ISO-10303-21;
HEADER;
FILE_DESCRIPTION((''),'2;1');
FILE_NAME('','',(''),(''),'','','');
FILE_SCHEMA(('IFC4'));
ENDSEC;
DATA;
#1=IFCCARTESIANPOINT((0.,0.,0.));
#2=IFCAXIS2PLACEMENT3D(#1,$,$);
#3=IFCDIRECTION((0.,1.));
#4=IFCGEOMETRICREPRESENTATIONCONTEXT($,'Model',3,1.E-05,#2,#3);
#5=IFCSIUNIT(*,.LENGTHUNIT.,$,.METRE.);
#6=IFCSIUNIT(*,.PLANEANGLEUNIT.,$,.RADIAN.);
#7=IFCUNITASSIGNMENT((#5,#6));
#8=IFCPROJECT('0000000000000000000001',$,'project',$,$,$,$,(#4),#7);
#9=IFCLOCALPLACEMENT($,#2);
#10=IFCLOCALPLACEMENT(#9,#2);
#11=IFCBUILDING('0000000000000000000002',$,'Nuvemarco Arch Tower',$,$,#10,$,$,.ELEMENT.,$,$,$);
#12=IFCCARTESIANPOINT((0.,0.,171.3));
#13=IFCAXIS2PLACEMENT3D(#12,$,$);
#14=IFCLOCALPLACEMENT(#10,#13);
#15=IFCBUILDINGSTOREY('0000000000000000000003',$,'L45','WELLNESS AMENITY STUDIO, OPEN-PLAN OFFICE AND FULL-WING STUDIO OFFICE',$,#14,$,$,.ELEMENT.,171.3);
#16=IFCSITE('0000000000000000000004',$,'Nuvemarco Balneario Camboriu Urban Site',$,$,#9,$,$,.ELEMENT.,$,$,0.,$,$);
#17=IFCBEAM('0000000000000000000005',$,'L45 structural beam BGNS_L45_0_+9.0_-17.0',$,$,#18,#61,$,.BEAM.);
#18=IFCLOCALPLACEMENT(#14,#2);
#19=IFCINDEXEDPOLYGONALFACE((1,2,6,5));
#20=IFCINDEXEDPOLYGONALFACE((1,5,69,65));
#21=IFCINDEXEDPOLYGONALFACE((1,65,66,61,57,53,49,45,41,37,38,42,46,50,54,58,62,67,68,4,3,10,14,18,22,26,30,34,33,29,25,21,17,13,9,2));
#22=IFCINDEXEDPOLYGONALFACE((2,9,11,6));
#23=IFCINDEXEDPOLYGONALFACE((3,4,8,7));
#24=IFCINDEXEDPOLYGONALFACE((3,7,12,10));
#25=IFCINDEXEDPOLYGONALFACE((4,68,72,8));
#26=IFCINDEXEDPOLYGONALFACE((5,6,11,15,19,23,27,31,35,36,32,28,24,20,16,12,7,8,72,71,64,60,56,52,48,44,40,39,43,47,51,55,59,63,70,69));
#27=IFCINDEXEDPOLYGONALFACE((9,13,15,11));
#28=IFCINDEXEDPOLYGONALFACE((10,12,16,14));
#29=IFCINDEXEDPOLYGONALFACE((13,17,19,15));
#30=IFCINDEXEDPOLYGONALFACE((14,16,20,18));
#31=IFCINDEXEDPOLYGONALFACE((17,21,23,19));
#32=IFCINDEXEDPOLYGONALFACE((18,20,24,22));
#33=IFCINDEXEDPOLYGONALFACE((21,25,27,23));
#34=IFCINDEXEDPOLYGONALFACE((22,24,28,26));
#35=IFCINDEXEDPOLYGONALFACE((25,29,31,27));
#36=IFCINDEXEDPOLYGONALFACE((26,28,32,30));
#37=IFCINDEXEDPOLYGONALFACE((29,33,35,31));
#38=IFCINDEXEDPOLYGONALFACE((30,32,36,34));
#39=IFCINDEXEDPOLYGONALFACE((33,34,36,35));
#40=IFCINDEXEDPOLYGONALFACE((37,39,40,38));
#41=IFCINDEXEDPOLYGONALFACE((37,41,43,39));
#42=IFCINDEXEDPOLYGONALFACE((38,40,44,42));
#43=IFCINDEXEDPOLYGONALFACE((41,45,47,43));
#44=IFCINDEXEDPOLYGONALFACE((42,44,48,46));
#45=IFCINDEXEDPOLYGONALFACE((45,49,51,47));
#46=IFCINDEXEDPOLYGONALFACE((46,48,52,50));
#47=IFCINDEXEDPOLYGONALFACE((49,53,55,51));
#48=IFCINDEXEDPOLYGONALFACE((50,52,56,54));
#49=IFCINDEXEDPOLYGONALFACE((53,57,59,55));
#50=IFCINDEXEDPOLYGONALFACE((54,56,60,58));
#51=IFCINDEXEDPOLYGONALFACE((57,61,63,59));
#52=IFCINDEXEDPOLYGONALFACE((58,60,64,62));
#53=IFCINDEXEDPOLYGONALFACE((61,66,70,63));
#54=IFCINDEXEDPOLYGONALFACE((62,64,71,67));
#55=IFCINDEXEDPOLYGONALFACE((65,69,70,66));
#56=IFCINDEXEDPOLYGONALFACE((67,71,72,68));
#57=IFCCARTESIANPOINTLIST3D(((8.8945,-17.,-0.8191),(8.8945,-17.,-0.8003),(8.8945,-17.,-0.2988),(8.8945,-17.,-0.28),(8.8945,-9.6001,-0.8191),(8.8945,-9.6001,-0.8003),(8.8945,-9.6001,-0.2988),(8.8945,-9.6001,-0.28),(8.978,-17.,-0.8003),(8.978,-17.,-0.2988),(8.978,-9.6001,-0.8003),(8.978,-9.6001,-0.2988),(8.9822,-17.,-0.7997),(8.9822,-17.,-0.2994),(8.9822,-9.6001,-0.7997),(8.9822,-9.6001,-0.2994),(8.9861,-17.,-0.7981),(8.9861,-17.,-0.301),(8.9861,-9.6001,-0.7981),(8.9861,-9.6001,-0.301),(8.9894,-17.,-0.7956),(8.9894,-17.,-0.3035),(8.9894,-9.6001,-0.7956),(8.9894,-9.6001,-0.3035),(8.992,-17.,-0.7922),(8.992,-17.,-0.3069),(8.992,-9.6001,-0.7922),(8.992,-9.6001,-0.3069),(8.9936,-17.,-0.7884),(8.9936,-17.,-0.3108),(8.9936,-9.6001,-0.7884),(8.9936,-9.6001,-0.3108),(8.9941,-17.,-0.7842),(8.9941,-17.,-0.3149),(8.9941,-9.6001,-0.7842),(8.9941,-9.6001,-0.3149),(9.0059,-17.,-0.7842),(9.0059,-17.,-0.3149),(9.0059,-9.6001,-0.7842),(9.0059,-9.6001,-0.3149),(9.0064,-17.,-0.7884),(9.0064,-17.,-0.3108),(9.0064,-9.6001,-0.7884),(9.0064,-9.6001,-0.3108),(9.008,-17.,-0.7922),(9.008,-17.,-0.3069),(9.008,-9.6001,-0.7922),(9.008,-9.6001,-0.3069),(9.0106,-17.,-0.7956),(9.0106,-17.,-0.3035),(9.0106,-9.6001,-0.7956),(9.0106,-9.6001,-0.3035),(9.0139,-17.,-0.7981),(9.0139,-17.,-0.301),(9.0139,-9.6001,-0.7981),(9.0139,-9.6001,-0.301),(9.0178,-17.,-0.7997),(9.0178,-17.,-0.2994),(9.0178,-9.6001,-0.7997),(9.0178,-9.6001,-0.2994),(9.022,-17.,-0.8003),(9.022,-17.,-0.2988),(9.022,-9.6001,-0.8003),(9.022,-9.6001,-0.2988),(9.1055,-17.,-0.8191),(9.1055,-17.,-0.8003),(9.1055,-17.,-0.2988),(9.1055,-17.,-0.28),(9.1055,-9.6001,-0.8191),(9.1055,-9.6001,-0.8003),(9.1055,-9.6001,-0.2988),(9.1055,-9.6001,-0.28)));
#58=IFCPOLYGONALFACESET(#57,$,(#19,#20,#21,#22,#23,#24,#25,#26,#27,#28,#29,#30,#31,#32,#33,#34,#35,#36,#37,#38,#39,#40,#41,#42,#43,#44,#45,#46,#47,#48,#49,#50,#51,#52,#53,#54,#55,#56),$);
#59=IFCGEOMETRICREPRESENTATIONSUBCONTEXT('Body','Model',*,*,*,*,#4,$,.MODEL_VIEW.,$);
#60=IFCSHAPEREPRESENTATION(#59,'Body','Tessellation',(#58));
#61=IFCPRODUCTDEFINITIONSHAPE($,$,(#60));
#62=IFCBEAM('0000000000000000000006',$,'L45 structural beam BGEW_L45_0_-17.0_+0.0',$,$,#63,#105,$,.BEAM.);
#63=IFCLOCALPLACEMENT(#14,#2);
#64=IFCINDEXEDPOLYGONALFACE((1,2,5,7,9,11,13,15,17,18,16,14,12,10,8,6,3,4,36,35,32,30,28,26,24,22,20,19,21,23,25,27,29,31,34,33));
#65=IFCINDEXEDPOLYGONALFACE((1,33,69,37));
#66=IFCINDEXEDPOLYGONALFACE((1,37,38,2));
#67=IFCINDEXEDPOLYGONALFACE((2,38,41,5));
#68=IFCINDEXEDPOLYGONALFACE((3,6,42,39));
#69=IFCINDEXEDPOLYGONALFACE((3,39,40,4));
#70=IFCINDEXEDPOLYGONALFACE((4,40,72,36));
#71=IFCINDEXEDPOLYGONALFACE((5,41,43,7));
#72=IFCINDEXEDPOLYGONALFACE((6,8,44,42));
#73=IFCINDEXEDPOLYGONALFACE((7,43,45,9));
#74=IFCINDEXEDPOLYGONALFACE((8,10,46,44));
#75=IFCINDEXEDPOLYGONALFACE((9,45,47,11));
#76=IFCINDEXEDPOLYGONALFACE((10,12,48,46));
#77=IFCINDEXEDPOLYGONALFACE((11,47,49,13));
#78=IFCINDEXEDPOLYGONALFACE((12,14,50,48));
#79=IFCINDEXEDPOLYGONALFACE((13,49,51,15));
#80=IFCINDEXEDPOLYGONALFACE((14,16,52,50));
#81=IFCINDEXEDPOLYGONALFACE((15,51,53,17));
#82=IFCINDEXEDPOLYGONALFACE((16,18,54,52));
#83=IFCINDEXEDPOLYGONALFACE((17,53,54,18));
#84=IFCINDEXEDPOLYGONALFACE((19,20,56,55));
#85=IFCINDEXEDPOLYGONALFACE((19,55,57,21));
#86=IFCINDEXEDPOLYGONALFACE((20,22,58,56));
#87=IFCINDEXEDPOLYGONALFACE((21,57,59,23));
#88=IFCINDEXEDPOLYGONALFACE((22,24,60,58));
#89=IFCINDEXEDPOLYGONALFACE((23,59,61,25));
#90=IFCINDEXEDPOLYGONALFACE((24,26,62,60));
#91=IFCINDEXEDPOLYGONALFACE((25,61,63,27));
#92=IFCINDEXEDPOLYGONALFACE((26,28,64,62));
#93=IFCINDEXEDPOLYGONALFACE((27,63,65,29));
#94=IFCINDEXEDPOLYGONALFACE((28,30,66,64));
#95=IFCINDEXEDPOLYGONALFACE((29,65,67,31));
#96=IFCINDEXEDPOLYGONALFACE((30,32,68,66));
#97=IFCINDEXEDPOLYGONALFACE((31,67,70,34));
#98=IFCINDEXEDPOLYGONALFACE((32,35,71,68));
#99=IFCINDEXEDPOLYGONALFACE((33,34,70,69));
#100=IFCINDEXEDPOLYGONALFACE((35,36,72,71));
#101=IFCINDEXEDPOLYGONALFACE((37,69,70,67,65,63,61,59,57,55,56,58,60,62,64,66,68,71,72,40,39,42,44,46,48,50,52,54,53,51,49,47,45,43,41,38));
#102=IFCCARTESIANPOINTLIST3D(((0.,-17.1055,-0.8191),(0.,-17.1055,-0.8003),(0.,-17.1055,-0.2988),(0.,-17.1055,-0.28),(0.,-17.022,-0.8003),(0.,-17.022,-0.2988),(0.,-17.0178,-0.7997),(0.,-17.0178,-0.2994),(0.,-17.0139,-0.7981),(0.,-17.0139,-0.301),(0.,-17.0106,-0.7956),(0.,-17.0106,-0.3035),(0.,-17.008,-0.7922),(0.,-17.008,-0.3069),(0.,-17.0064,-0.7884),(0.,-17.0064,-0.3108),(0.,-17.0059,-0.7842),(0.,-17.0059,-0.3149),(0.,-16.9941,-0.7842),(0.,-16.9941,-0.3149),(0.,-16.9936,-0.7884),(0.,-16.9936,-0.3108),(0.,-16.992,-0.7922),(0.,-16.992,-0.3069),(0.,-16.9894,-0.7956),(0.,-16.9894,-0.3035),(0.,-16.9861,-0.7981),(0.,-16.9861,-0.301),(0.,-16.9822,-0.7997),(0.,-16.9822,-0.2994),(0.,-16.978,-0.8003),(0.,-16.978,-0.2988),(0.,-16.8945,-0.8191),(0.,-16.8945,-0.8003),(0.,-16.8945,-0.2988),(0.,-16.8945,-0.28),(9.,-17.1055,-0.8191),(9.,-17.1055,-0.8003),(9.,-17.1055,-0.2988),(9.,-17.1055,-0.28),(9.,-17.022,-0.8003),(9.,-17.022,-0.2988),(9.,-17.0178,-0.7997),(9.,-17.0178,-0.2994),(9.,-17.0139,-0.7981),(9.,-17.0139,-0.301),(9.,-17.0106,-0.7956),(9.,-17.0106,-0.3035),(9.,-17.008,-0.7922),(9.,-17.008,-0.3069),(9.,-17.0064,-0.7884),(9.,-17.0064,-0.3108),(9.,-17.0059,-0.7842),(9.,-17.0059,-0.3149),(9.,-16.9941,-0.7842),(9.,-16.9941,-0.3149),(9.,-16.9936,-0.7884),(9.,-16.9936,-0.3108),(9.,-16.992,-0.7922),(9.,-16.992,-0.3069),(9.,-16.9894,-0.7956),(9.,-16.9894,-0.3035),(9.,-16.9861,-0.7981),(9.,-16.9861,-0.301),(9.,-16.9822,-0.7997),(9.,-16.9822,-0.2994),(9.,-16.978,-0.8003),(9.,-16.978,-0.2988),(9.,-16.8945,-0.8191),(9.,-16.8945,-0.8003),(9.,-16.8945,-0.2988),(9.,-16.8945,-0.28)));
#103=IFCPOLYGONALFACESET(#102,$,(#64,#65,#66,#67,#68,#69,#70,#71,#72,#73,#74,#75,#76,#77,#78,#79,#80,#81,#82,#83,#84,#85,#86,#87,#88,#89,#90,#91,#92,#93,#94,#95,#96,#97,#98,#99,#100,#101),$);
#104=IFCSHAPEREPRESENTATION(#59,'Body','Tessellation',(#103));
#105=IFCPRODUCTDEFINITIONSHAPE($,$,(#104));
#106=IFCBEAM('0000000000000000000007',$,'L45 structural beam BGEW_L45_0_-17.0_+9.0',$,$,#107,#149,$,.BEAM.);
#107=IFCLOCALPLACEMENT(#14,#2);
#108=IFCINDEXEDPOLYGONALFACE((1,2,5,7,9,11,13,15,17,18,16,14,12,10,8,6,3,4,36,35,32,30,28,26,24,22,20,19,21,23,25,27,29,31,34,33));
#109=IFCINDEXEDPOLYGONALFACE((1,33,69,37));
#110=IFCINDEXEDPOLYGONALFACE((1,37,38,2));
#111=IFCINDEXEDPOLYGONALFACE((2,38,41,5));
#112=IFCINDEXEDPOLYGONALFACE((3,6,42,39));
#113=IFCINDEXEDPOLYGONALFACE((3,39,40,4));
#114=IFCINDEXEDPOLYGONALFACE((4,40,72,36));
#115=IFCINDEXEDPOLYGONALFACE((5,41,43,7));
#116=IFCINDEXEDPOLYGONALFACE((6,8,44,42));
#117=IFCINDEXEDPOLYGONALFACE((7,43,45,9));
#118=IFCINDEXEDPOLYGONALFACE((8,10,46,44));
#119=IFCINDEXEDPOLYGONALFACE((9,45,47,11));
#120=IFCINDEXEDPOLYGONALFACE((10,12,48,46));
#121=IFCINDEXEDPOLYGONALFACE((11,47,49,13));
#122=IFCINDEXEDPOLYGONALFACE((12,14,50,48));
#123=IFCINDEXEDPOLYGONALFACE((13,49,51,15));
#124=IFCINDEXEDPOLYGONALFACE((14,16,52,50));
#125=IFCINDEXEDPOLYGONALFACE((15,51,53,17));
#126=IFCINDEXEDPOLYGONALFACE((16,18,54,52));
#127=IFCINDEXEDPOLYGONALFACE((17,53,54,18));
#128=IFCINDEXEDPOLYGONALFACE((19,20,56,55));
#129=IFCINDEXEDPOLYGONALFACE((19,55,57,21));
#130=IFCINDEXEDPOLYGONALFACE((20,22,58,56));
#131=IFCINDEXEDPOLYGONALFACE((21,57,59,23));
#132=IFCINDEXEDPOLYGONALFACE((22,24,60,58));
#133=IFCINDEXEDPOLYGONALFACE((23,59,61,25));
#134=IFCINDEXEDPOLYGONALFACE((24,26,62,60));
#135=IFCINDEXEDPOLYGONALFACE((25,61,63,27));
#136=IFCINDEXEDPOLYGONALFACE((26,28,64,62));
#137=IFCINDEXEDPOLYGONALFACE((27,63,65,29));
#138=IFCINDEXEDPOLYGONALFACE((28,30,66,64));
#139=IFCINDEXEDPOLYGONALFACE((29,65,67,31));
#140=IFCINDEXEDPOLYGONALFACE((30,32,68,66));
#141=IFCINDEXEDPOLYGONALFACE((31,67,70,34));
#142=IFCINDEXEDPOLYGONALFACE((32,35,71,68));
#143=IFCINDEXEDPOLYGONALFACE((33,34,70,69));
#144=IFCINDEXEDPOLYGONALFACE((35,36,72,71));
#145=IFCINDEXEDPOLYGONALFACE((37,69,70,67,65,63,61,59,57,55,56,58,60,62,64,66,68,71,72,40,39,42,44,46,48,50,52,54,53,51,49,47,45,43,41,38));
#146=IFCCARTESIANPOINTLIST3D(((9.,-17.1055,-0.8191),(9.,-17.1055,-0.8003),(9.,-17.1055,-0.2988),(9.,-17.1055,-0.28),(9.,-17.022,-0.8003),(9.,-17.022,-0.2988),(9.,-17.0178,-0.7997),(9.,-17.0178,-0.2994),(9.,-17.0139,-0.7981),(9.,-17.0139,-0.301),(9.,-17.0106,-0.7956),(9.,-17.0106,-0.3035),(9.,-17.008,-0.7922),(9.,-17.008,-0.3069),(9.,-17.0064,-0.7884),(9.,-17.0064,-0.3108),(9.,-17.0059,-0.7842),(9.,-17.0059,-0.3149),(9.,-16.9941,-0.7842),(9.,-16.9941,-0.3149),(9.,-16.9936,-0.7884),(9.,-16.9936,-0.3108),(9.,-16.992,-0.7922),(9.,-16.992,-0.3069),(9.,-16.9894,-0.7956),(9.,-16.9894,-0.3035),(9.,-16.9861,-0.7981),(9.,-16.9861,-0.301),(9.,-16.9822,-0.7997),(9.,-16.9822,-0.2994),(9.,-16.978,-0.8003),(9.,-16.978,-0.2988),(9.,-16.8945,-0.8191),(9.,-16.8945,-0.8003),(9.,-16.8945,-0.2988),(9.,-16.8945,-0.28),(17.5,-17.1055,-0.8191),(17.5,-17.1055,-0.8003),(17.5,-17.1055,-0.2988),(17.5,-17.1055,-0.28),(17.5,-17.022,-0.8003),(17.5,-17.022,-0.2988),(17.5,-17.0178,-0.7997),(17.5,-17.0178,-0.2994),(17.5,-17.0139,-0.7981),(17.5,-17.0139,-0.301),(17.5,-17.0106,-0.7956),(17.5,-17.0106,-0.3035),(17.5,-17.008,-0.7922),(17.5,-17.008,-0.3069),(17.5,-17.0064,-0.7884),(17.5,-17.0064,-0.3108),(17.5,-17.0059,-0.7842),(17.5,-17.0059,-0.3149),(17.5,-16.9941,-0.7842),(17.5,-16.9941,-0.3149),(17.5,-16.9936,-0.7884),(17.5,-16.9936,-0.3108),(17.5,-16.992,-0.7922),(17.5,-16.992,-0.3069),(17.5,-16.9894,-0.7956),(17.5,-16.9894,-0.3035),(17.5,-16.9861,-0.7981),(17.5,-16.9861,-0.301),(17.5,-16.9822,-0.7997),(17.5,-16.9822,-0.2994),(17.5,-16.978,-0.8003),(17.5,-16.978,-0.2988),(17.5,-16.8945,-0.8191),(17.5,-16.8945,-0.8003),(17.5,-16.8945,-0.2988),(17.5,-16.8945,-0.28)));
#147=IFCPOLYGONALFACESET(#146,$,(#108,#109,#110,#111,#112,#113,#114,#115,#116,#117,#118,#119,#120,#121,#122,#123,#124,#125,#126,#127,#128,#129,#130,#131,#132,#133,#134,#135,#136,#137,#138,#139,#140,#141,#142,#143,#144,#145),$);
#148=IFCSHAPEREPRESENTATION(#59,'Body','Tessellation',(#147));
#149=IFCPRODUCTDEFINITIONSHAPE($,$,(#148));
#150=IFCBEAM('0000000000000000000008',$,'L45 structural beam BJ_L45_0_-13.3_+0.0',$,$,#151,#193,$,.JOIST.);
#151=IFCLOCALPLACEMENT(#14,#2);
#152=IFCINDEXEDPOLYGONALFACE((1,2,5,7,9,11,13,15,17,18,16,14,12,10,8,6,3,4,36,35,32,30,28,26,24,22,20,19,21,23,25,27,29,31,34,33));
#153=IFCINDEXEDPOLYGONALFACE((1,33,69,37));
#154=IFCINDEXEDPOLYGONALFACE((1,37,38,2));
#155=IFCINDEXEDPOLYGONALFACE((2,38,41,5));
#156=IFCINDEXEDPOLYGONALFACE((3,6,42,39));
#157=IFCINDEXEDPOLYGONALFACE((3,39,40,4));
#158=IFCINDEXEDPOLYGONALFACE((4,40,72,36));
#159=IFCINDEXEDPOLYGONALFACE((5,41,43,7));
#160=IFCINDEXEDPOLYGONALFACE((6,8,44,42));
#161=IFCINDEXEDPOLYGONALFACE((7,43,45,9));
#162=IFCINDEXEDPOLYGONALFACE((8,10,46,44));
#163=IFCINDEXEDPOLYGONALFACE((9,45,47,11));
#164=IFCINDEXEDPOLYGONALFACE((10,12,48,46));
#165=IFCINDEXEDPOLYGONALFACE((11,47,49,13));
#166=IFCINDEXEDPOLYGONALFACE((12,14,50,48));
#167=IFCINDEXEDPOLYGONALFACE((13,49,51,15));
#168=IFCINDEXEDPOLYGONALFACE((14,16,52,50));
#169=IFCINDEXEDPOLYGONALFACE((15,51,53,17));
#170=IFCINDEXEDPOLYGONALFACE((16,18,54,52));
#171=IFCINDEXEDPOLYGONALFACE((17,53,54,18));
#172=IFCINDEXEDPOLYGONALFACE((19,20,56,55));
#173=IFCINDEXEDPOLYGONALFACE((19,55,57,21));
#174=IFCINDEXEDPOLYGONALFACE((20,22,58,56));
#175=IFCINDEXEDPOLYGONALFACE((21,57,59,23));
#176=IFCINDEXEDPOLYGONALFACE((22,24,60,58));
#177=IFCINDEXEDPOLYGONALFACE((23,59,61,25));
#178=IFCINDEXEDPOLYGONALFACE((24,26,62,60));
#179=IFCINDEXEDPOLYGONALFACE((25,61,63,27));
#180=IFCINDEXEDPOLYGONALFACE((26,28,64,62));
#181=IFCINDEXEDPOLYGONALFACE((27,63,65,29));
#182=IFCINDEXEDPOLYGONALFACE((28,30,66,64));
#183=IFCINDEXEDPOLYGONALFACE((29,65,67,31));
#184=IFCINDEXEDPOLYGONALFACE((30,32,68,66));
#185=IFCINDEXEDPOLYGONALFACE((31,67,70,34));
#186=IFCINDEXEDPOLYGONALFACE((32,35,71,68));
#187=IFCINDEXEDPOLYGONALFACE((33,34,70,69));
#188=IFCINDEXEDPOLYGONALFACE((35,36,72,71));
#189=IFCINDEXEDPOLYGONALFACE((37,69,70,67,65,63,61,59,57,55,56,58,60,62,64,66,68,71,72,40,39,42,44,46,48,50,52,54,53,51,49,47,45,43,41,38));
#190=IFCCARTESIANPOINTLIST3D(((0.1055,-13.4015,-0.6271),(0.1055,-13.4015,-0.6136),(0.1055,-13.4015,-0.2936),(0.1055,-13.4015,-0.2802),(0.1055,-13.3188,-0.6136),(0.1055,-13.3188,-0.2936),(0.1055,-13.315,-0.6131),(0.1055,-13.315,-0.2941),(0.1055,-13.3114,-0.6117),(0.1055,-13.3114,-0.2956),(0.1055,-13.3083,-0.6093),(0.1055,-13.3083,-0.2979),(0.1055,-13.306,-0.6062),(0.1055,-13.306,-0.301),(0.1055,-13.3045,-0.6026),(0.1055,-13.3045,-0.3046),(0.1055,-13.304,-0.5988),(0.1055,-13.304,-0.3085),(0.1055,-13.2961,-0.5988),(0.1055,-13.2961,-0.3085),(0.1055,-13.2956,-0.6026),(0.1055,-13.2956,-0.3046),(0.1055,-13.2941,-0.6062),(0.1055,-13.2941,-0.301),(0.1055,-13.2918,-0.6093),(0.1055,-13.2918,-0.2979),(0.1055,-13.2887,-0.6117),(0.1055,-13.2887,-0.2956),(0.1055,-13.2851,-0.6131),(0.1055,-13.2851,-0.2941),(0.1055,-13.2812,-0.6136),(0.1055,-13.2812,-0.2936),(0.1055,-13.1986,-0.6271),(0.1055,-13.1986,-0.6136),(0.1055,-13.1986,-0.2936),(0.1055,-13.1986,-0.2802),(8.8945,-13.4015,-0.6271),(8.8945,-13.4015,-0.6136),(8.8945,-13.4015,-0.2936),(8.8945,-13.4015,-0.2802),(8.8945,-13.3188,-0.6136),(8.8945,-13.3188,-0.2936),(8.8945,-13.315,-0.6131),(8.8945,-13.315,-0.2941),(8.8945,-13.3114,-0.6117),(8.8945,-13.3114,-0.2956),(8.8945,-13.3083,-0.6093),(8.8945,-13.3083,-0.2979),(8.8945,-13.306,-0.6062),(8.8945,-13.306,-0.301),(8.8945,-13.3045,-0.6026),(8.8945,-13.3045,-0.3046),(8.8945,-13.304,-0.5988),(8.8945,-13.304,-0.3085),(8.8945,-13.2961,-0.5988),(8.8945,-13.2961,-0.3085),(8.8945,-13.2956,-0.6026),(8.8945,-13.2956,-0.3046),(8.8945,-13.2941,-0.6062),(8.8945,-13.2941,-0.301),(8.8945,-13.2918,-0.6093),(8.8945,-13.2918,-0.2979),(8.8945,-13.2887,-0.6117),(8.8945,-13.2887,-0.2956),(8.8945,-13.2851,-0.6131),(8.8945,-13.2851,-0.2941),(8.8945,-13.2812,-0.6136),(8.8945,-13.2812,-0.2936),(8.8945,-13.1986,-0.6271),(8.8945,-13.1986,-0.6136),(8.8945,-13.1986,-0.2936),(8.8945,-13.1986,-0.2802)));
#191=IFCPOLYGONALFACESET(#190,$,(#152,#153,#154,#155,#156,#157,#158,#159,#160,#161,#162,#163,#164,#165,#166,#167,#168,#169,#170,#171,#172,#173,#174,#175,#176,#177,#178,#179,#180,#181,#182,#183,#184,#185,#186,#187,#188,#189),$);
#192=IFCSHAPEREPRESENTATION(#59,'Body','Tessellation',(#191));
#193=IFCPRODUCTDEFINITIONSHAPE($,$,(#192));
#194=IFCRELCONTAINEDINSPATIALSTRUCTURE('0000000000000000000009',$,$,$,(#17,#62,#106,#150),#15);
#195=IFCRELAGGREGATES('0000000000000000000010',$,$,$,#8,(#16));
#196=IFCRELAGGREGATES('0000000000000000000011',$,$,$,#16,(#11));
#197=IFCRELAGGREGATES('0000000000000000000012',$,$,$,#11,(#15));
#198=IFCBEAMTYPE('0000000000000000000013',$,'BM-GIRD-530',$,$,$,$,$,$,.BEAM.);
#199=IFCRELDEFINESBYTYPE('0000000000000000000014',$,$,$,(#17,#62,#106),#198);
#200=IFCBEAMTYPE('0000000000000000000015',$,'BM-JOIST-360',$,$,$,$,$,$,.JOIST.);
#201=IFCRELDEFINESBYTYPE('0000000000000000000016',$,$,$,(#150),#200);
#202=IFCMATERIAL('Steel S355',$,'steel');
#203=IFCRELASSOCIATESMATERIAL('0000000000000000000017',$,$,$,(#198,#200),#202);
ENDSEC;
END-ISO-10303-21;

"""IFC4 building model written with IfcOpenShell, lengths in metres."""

from ifc_helpers import new_model, si_unit, direction, frame, origin, origin_2d, place, context, subcontext, project, spatial, i_section, extrude, material, material_profile, profile_set, type_object, element, save


model = new_model("IFC4")

# Units and contexts
model_context = context("Model", 3, precision=1e-05, world=origin(), true_north=direction((0.0, 1.0)))
body_context = subcontext(model_context, "Body", "Model", "MODEL_VIEW")
ifc_project = project(units=[si_unit("LENGTHUNIT", "METRE"), si_unit("PLANEANGLEUNIT", "RADIAN")], contexts=[model_context])

# Site, building, storey
site_placement = place(None, origin())
site = spatial("IfcSite", under=ifc_project, at=site_placement, Name="Nuvemarco Balneario Camboriu Urban Site", CompositionType="ELEMENT", RefElevation=0.0)
building_placement = place(site_placement, origin())
building = spatial("IfcBuilding", under=site, at=building_placement, Name="Nuvemarco Arch Tower", CompositionType="ELEMENT")
storey_placement = place(building_placement, frame((0.0, 0.0, 171.3)))
storey = spatial("IfcBuildingStorey", under=building, at=storey_placement, Name="L45", Description="WELLNESS AMENITY STUDIO, OPEN-PLAN OFFICE AND FULL-WING STUDIO OFFICE", CompositionType="ELEMENT", Elevation=171.3)

# Shared definitions
ifc_material_1 = material(Name="Steel S355", Category="steel")

# Beams
ifc_material_profile_1 = material_profile(ifc_material_1, i_section(OverallWidth=0.2109, OverallDepth=0.5391, WebThickness=0.0117, FlangeThickness=0.0188, FilletRadius=0.0161, at=origin_2d()), Name="W530x109")
ifc_profile_set_1 = profile_set([ifc_material_profile_1], Name="Steel S355")
beam_type_1 = type_object("IfcBeamType", Name="BM-GIRD-530", PredefinedType="BEAM", material=ifc_profile_set_1)
beam_1_placement = place(storey_placement, frame((9.0, -17.0, -0.5496), z_axis=(0.0, 1.0, 0.0), x_axis=(-1.0, 0.0, 0.0)))
element("IfcBeam", 1, at=beam_1_placement, inside=storey, type_object=beam_type_1, Name="L45 structural beam BGNS_L45_0_+9.0_-17.0", PredefinedType="BEAM", context=body_context, shape_type="SweptSolid", body=[
    extrude(i_section(OverallWidth=0.2109, OverallDepth=0.5391, WebThickness=0.0117, FlangeThickness=0.0188, FilletRadius=0.0161, at=origin_2d()), origin(), (0.0, 0.0, 1.0), 7.3999),
])
beam_2_placement = place(storey_placement, frame((0.0, -17.0, -0.5496), z_axis=(1.0, 0.0, 0.0), x_axis=(0.0, 1.0, 0.0)))
element("IfcBeam", 2, at=beam_2_placement, inside=storey, type_object=beam_type_1, Name="L45 structural beam BGEW_L45_0_-17.0_+0.0", PredefinedType="BEAM", context=body_context, shape_type="SweptSolid", body=[
    extrude(i_section(OverallWidth=0.2109, OverallDepth=0.5391, WebThickness=0.0117, FlangeThickness=0.0188, FilletRadius=0.0161, at=origin_2d()), origin(), (0.0, 0.0, 1.0), 9.0),
])
beam_3_placement = place(storey_placement, frame((9.0, -17.0, -0.5496), z_axis=(1.0, 0.0, 0.0), x_axis=(0.0, 1.0, 0.0)))
element("IfcBeam", 3, at=beam_3_placement, inside=storey, type_object=beam_type_1, Name="L45 structural beam BGEW_L45_0_-17.0_+9.0", PredefinedType="BEAM", context=body_context, shape_type="SweptSolid", body=[
    extrude(i_section(OverallWidth=0.2109, OverallDepth=0.5391, WebThickness=0.0117, FlangeThickness=0.0188, FilletRadius=0.0161, at=origin_2d()), origin(), (0.0, 0.0, 1.0), 8.5),
])
ifc_material_profile_2 = material_profile(ifc_material_1, i_section(OverallWidth=0.2029, OverallDepth=0.3469, WebThickness=0.0078, FlangeThickness=0.0134, FilletRadius=0.0149, at=origin_2d()), Name="W360x64")
ifc_profile_set_2 = profile_set([ifc_material_profile_2], Name="Steel S355")
beam_type_2 = type_object("IfcBeamType", Name="BM-JOIST-360", PredefinedType="JOIST", material=ifc_profile_set_2)
beam_4_placement = place(storey_placement, frame((0.1055, -13.3, -0.4536), z_axis=(1.0, 0.0, 0.0), x_axis=(0.0, 1.0, 0.0)))
element("IfcBeam", 4, at=beam_4_placement, inside=storey, type_object=beam_type_2, Name="L45 structural beam BJ_L45_0_-13.3_+0.0", PredefinedType="JOIST", context=body_context, shape_type="SweptSolid", body=[
    extrude(i_section(OverallWidth=0.2029, OverallDepth=0.3469, WebThickness=0.0078, FlangeThickness=0.0134, FilletRadius=0.0149, at=origin_2d()), origin(), (0.0, 0.0, 1.0), 8.7891),
])

save(model, "model.ifc")
